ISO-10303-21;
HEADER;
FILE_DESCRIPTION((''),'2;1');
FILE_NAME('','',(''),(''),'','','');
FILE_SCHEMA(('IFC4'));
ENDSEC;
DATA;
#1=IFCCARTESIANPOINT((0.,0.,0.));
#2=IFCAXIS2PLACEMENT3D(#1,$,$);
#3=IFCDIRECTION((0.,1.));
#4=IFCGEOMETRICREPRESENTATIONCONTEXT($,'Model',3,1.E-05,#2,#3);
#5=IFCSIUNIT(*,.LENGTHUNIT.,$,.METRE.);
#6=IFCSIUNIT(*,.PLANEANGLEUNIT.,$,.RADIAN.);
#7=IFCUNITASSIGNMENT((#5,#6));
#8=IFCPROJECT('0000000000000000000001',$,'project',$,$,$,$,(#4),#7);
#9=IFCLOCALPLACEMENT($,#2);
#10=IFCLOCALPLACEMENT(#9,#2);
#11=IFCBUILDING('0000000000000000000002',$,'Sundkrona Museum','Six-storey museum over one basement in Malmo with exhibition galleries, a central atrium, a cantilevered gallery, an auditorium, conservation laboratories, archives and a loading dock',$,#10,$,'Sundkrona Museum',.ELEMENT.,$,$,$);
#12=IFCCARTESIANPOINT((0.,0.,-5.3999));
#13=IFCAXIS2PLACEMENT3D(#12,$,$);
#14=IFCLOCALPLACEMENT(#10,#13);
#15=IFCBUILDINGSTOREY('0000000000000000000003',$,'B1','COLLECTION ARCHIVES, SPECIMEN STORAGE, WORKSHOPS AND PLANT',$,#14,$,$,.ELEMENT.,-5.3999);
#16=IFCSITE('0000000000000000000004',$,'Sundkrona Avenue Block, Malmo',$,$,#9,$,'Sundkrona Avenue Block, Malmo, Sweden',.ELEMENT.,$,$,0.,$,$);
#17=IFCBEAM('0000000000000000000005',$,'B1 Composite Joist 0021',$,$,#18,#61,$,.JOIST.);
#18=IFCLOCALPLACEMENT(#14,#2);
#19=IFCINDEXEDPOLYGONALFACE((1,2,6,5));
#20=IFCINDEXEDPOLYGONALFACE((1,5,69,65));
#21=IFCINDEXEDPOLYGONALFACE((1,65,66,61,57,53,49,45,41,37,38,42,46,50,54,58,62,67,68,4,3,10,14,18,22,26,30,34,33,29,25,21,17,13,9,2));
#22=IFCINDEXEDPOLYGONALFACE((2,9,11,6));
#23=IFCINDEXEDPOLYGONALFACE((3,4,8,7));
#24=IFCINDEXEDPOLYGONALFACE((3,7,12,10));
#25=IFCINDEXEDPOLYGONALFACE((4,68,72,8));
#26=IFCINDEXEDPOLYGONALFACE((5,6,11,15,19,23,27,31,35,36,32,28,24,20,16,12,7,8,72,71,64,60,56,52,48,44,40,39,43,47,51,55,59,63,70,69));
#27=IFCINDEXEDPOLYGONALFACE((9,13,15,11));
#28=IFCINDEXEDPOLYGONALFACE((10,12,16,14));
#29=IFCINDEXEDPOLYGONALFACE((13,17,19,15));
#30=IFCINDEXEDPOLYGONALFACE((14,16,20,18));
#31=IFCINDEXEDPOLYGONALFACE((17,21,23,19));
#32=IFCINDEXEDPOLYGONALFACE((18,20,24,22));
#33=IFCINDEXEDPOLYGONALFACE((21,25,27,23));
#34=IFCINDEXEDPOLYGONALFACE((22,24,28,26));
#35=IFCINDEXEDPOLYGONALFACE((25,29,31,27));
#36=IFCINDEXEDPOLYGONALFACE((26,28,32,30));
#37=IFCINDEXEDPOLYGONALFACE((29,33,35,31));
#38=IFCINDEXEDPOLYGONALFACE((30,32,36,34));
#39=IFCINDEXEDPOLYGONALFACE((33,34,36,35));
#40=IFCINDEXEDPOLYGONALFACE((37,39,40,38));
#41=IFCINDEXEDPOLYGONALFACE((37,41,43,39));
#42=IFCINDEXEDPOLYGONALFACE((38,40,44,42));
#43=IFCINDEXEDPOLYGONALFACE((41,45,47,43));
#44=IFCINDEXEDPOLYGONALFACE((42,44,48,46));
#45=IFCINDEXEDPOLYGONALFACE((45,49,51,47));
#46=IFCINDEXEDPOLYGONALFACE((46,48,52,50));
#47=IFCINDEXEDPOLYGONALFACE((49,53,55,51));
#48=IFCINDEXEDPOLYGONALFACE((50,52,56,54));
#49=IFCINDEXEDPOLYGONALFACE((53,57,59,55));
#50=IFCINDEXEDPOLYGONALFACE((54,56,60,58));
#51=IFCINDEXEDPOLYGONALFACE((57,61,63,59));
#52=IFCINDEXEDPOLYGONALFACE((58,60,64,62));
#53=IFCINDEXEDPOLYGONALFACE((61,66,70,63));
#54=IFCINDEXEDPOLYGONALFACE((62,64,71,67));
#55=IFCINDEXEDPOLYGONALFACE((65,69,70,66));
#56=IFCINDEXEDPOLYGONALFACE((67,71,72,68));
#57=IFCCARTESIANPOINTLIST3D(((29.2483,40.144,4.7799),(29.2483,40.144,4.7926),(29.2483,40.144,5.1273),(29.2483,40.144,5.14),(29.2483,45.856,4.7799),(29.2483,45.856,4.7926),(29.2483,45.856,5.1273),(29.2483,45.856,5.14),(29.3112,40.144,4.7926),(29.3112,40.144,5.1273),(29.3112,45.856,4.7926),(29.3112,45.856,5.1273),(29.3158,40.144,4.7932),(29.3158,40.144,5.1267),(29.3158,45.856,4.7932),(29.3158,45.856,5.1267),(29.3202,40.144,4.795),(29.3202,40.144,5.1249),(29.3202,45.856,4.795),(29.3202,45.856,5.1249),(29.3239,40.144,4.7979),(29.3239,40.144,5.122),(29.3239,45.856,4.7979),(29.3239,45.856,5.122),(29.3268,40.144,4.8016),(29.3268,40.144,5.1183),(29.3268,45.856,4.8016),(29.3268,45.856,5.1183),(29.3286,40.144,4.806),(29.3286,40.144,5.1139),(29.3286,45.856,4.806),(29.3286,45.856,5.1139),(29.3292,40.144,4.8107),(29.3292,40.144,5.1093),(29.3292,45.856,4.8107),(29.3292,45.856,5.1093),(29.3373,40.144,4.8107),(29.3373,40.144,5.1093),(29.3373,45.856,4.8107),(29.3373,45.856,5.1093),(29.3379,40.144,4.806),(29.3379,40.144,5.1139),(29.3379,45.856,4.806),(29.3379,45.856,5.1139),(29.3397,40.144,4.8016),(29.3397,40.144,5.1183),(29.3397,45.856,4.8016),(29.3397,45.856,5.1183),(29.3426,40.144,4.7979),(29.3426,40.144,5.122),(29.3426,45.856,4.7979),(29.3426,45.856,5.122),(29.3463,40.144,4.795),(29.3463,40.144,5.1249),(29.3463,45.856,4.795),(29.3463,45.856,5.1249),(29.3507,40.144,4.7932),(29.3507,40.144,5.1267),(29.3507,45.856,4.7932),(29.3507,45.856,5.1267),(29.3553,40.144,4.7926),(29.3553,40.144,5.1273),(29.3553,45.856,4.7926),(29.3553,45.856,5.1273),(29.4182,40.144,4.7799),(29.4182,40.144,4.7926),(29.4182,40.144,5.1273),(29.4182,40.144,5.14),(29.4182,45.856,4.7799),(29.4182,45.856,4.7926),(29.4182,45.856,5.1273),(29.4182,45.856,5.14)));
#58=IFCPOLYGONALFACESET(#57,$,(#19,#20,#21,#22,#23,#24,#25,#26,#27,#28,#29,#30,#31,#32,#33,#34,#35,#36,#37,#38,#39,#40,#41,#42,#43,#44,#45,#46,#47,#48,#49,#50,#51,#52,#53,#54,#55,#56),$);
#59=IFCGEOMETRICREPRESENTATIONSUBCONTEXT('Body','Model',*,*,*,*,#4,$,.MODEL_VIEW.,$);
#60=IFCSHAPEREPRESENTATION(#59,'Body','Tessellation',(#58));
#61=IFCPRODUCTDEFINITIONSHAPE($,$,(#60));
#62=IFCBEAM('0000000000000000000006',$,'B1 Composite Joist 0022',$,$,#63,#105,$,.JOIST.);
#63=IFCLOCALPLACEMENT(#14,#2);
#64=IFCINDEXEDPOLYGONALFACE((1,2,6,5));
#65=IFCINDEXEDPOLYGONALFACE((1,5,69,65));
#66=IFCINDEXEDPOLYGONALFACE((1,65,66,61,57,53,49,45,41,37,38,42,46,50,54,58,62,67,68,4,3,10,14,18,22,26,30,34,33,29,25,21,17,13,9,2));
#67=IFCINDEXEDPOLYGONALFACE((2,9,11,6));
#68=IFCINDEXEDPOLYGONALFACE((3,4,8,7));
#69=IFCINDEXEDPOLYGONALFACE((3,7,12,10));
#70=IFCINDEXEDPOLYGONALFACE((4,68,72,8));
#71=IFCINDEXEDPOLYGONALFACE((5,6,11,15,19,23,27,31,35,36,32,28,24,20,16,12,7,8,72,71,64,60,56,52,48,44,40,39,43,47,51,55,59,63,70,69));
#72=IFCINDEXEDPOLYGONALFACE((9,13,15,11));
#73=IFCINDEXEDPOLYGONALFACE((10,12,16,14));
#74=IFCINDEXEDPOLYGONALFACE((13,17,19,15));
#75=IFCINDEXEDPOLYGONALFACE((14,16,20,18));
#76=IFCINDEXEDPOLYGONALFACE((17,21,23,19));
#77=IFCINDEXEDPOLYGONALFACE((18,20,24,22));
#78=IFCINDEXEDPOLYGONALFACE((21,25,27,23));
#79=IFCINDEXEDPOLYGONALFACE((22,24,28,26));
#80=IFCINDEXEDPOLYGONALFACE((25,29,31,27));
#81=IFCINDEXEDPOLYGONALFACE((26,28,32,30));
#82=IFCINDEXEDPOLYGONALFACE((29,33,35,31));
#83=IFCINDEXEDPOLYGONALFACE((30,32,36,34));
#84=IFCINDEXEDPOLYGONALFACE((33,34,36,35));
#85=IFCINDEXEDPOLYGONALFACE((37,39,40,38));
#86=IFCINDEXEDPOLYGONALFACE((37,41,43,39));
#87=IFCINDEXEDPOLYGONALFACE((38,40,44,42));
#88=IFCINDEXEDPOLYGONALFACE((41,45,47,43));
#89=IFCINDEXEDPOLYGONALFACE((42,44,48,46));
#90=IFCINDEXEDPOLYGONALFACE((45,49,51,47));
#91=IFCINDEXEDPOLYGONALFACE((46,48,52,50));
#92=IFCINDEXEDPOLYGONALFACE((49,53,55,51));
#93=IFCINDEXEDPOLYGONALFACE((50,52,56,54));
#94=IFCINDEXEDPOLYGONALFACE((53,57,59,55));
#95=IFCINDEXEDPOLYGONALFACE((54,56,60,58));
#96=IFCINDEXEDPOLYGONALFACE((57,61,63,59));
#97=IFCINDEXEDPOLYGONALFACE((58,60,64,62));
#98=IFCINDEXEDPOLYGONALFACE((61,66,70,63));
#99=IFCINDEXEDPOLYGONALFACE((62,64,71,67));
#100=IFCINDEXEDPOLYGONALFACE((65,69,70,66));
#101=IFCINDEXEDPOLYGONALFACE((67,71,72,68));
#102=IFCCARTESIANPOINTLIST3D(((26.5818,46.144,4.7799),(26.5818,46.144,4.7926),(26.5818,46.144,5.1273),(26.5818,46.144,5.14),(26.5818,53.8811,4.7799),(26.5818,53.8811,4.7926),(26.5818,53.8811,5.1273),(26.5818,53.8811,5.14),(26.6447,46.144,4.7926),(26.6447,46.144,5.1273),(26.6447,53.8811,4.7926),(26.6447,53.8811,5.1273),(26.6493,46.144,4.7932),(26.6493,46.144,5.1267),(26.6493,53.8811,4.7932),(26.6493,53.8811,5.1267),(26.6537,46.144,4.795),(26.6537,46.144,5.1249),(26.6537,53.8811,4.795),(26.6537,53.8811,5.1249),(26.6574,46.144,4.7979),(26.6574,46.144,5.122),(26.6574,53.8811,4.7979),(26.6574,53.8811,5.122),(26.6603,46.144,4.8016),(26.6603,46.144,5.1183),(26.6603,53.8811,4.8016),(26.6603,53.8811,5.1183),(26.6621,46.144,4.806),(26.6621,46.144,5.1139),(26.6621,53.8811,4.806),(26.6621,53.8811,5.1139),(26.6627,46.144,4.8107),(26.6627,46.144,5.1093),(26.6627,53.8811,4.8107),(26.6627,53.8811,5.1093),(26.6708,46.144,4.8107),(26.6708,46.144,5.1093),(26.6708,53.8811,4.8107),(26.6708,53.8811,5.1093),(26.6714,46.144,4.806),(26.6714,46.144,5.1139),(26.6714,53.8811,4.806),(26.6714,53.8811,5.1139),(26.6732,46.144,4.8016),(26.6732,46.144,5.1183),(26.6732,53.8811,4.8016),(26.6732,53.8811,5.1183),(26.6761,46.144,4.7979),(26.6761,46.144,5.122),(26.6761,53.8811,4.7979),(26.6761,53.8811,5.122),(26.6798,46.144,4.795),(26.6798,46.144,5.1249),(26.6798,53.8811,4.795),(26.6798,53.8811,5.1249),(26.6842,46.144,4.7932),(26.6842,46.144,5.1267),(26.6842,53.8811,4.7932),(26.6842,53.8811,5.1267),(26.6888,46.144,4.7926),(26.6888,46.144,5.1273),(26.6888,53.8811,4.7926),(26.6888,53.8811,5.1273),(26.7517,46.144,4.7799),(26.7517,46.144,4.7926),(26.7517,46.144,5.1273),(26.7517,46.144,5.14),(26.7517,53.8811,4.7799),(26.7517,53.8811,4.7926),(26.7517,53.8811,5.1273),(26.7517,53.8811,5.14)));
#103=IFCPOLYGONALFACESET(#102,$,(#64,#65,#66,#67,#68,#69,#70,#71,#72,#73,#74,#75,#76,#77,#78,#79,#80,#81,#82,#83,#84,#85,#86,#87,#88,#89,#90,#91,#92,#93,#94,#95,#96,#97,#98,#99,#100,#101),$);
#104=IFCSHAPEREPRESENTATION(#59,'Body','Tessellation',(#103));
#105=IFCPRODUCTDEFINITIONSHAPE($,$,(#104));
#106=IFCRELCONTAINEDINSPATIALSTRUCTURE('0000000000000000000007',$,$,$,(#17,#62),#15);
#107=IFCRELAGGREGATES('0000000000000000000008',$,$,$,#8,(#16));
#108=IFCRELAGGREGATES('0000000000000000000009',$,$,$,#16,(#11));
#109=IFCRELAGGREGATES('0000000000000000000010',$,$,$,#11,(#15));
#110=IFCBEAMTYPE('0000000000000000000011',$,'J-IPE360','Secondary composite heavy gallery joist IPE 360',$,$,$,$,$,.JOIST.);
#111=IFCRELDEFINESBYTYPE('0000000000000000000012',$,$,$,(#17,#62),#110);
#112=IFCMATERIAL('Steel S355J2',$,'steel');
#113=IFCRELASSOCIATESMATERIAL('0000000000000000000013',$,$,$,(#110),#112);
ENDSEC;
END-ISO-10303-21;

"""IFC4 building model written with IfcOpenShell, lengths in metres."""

from ifc_helpers import new_model, si_unit, direction, frame, origin, origin_2d, place, context, subcontext, project, spatial, i_section, extrude, material, material_profile, profile_set, type_object, element, save


model = new_model("IFC4")

# Units and contexts
model_context = context("Model", 3, precision=1e-05, world=origin(), true_north=direction((0.0, 1.0)))
body_context = subcontext(model_context, "Body", "Model", "MODEL_VIEW")
ifc_project = project(units=[si_unit("LENGTHUNIT", "METRE"), si_unit("PLANEANGLEUNIT", "RADIAN")], contexts=[model_context])

# Site, building, storey
site_placement = place(None, origin())
site = spatial("IfcSite", under=ifc_project, at=site_placement, Name="Sundkrona Avenue Block, Malmo", LongName="Sundkrona Avenue Block, Malmo, Sweden", CompositionType="ELEMENT", RefElevation=0.0)
building_placement = place(site_placement, origin())
building = spatial("IfcBuilding", under=site, at=building_placement, Name="Sundkrona Museum", Description="Six-storey museum over one basement in Malmo with exhibition galleries, a central atrium, a cantilevered gallery, an auditorium, conservation laboratories, archives and a loading dock", LongName="Sundkrona Museum", CompositionType="ELEMENT")
storey_placement = place(building_placement, frame((0.0, 0.0, -5.3999)))
storey = spatial("IfcBuildingStorey", under=building, at=storey_placement, Name="B1", Description="COLLECTION ARCHIVES, SPECIMEN STORAGE, WORKSHOPS AND PLANT", CompositionType="ELEMENT", Elevation=-5.3999)

# Beams
ifc_material_1 = material(Name="Steel S355J2", Category="steel")
ifc_material_profile_1 = material_profile(ifc_material_1, i_section(OverallWidth=0.1699, OverallDepth=0.3601, WebThickness=0.0081, FlangeThickness=0.0127, FilletRadius=0.0181, at=origin_2d()), Name="IPE 360")
ifc_profile_set_1 = profile_set([ifc_material_profile_1], Name="Steel S355J2")
beam_type_1 = type_object("IfcBeamType", Name="J-IPE360", Description="Secondary composite heavy gallery joist IPE 360", PredefinedType="JOIST", material=ifc_profile_set_1)
beam_1_placement = place(storey_placement, frame((29.3333, 40.144, 4.96), z_axis=(0.0, 1.0, 0.0), x_axis=(-1.0, 0.0, 0.0)))
element("IfcBeam", 1, at=beam_1_placement, inside=storey, type_object=beam_type_1, Name="B1 Composite Joist 0021", PredefinedType="JOIST", context=body_context, shape_type="SweptSolid", body=[
    extrude(i_section(OverallWidth=0.1699, OverallDepth=0.3601, WebThickness=0.0081, FlangeThickness=0.0127, FilletRadius=0.0181, at=origin_2d()), origin(), (0.0, 0.0, 1.0), 5.7119),
])
beam_2_placement = place(storey_placement, frame((26.6667, 46.144, 4.96), z_axis=(0.0, 1.0, 0.0), x_axis=(-1.0, 0.0, 0.0)))
element("IfcBeam", 2, at=beam_2_placement, inside=storey, type_object=beam_type_1, Name="B1 Composite Joist 0022", PredefinedType="JOIST", context=body_context, shape_type="SweptSolid", body=[
    extrude(i_section(OverallWidth=0.1699, OverallDepth=0.3601, WebThickness=0.0081, FlangeThickness=0.0127, FilletRadius=0.0181, at=origin_2d()), origin(), (0.0, 0.0, 1.0), 7.7371),
])

save(model, "model.ifc")
